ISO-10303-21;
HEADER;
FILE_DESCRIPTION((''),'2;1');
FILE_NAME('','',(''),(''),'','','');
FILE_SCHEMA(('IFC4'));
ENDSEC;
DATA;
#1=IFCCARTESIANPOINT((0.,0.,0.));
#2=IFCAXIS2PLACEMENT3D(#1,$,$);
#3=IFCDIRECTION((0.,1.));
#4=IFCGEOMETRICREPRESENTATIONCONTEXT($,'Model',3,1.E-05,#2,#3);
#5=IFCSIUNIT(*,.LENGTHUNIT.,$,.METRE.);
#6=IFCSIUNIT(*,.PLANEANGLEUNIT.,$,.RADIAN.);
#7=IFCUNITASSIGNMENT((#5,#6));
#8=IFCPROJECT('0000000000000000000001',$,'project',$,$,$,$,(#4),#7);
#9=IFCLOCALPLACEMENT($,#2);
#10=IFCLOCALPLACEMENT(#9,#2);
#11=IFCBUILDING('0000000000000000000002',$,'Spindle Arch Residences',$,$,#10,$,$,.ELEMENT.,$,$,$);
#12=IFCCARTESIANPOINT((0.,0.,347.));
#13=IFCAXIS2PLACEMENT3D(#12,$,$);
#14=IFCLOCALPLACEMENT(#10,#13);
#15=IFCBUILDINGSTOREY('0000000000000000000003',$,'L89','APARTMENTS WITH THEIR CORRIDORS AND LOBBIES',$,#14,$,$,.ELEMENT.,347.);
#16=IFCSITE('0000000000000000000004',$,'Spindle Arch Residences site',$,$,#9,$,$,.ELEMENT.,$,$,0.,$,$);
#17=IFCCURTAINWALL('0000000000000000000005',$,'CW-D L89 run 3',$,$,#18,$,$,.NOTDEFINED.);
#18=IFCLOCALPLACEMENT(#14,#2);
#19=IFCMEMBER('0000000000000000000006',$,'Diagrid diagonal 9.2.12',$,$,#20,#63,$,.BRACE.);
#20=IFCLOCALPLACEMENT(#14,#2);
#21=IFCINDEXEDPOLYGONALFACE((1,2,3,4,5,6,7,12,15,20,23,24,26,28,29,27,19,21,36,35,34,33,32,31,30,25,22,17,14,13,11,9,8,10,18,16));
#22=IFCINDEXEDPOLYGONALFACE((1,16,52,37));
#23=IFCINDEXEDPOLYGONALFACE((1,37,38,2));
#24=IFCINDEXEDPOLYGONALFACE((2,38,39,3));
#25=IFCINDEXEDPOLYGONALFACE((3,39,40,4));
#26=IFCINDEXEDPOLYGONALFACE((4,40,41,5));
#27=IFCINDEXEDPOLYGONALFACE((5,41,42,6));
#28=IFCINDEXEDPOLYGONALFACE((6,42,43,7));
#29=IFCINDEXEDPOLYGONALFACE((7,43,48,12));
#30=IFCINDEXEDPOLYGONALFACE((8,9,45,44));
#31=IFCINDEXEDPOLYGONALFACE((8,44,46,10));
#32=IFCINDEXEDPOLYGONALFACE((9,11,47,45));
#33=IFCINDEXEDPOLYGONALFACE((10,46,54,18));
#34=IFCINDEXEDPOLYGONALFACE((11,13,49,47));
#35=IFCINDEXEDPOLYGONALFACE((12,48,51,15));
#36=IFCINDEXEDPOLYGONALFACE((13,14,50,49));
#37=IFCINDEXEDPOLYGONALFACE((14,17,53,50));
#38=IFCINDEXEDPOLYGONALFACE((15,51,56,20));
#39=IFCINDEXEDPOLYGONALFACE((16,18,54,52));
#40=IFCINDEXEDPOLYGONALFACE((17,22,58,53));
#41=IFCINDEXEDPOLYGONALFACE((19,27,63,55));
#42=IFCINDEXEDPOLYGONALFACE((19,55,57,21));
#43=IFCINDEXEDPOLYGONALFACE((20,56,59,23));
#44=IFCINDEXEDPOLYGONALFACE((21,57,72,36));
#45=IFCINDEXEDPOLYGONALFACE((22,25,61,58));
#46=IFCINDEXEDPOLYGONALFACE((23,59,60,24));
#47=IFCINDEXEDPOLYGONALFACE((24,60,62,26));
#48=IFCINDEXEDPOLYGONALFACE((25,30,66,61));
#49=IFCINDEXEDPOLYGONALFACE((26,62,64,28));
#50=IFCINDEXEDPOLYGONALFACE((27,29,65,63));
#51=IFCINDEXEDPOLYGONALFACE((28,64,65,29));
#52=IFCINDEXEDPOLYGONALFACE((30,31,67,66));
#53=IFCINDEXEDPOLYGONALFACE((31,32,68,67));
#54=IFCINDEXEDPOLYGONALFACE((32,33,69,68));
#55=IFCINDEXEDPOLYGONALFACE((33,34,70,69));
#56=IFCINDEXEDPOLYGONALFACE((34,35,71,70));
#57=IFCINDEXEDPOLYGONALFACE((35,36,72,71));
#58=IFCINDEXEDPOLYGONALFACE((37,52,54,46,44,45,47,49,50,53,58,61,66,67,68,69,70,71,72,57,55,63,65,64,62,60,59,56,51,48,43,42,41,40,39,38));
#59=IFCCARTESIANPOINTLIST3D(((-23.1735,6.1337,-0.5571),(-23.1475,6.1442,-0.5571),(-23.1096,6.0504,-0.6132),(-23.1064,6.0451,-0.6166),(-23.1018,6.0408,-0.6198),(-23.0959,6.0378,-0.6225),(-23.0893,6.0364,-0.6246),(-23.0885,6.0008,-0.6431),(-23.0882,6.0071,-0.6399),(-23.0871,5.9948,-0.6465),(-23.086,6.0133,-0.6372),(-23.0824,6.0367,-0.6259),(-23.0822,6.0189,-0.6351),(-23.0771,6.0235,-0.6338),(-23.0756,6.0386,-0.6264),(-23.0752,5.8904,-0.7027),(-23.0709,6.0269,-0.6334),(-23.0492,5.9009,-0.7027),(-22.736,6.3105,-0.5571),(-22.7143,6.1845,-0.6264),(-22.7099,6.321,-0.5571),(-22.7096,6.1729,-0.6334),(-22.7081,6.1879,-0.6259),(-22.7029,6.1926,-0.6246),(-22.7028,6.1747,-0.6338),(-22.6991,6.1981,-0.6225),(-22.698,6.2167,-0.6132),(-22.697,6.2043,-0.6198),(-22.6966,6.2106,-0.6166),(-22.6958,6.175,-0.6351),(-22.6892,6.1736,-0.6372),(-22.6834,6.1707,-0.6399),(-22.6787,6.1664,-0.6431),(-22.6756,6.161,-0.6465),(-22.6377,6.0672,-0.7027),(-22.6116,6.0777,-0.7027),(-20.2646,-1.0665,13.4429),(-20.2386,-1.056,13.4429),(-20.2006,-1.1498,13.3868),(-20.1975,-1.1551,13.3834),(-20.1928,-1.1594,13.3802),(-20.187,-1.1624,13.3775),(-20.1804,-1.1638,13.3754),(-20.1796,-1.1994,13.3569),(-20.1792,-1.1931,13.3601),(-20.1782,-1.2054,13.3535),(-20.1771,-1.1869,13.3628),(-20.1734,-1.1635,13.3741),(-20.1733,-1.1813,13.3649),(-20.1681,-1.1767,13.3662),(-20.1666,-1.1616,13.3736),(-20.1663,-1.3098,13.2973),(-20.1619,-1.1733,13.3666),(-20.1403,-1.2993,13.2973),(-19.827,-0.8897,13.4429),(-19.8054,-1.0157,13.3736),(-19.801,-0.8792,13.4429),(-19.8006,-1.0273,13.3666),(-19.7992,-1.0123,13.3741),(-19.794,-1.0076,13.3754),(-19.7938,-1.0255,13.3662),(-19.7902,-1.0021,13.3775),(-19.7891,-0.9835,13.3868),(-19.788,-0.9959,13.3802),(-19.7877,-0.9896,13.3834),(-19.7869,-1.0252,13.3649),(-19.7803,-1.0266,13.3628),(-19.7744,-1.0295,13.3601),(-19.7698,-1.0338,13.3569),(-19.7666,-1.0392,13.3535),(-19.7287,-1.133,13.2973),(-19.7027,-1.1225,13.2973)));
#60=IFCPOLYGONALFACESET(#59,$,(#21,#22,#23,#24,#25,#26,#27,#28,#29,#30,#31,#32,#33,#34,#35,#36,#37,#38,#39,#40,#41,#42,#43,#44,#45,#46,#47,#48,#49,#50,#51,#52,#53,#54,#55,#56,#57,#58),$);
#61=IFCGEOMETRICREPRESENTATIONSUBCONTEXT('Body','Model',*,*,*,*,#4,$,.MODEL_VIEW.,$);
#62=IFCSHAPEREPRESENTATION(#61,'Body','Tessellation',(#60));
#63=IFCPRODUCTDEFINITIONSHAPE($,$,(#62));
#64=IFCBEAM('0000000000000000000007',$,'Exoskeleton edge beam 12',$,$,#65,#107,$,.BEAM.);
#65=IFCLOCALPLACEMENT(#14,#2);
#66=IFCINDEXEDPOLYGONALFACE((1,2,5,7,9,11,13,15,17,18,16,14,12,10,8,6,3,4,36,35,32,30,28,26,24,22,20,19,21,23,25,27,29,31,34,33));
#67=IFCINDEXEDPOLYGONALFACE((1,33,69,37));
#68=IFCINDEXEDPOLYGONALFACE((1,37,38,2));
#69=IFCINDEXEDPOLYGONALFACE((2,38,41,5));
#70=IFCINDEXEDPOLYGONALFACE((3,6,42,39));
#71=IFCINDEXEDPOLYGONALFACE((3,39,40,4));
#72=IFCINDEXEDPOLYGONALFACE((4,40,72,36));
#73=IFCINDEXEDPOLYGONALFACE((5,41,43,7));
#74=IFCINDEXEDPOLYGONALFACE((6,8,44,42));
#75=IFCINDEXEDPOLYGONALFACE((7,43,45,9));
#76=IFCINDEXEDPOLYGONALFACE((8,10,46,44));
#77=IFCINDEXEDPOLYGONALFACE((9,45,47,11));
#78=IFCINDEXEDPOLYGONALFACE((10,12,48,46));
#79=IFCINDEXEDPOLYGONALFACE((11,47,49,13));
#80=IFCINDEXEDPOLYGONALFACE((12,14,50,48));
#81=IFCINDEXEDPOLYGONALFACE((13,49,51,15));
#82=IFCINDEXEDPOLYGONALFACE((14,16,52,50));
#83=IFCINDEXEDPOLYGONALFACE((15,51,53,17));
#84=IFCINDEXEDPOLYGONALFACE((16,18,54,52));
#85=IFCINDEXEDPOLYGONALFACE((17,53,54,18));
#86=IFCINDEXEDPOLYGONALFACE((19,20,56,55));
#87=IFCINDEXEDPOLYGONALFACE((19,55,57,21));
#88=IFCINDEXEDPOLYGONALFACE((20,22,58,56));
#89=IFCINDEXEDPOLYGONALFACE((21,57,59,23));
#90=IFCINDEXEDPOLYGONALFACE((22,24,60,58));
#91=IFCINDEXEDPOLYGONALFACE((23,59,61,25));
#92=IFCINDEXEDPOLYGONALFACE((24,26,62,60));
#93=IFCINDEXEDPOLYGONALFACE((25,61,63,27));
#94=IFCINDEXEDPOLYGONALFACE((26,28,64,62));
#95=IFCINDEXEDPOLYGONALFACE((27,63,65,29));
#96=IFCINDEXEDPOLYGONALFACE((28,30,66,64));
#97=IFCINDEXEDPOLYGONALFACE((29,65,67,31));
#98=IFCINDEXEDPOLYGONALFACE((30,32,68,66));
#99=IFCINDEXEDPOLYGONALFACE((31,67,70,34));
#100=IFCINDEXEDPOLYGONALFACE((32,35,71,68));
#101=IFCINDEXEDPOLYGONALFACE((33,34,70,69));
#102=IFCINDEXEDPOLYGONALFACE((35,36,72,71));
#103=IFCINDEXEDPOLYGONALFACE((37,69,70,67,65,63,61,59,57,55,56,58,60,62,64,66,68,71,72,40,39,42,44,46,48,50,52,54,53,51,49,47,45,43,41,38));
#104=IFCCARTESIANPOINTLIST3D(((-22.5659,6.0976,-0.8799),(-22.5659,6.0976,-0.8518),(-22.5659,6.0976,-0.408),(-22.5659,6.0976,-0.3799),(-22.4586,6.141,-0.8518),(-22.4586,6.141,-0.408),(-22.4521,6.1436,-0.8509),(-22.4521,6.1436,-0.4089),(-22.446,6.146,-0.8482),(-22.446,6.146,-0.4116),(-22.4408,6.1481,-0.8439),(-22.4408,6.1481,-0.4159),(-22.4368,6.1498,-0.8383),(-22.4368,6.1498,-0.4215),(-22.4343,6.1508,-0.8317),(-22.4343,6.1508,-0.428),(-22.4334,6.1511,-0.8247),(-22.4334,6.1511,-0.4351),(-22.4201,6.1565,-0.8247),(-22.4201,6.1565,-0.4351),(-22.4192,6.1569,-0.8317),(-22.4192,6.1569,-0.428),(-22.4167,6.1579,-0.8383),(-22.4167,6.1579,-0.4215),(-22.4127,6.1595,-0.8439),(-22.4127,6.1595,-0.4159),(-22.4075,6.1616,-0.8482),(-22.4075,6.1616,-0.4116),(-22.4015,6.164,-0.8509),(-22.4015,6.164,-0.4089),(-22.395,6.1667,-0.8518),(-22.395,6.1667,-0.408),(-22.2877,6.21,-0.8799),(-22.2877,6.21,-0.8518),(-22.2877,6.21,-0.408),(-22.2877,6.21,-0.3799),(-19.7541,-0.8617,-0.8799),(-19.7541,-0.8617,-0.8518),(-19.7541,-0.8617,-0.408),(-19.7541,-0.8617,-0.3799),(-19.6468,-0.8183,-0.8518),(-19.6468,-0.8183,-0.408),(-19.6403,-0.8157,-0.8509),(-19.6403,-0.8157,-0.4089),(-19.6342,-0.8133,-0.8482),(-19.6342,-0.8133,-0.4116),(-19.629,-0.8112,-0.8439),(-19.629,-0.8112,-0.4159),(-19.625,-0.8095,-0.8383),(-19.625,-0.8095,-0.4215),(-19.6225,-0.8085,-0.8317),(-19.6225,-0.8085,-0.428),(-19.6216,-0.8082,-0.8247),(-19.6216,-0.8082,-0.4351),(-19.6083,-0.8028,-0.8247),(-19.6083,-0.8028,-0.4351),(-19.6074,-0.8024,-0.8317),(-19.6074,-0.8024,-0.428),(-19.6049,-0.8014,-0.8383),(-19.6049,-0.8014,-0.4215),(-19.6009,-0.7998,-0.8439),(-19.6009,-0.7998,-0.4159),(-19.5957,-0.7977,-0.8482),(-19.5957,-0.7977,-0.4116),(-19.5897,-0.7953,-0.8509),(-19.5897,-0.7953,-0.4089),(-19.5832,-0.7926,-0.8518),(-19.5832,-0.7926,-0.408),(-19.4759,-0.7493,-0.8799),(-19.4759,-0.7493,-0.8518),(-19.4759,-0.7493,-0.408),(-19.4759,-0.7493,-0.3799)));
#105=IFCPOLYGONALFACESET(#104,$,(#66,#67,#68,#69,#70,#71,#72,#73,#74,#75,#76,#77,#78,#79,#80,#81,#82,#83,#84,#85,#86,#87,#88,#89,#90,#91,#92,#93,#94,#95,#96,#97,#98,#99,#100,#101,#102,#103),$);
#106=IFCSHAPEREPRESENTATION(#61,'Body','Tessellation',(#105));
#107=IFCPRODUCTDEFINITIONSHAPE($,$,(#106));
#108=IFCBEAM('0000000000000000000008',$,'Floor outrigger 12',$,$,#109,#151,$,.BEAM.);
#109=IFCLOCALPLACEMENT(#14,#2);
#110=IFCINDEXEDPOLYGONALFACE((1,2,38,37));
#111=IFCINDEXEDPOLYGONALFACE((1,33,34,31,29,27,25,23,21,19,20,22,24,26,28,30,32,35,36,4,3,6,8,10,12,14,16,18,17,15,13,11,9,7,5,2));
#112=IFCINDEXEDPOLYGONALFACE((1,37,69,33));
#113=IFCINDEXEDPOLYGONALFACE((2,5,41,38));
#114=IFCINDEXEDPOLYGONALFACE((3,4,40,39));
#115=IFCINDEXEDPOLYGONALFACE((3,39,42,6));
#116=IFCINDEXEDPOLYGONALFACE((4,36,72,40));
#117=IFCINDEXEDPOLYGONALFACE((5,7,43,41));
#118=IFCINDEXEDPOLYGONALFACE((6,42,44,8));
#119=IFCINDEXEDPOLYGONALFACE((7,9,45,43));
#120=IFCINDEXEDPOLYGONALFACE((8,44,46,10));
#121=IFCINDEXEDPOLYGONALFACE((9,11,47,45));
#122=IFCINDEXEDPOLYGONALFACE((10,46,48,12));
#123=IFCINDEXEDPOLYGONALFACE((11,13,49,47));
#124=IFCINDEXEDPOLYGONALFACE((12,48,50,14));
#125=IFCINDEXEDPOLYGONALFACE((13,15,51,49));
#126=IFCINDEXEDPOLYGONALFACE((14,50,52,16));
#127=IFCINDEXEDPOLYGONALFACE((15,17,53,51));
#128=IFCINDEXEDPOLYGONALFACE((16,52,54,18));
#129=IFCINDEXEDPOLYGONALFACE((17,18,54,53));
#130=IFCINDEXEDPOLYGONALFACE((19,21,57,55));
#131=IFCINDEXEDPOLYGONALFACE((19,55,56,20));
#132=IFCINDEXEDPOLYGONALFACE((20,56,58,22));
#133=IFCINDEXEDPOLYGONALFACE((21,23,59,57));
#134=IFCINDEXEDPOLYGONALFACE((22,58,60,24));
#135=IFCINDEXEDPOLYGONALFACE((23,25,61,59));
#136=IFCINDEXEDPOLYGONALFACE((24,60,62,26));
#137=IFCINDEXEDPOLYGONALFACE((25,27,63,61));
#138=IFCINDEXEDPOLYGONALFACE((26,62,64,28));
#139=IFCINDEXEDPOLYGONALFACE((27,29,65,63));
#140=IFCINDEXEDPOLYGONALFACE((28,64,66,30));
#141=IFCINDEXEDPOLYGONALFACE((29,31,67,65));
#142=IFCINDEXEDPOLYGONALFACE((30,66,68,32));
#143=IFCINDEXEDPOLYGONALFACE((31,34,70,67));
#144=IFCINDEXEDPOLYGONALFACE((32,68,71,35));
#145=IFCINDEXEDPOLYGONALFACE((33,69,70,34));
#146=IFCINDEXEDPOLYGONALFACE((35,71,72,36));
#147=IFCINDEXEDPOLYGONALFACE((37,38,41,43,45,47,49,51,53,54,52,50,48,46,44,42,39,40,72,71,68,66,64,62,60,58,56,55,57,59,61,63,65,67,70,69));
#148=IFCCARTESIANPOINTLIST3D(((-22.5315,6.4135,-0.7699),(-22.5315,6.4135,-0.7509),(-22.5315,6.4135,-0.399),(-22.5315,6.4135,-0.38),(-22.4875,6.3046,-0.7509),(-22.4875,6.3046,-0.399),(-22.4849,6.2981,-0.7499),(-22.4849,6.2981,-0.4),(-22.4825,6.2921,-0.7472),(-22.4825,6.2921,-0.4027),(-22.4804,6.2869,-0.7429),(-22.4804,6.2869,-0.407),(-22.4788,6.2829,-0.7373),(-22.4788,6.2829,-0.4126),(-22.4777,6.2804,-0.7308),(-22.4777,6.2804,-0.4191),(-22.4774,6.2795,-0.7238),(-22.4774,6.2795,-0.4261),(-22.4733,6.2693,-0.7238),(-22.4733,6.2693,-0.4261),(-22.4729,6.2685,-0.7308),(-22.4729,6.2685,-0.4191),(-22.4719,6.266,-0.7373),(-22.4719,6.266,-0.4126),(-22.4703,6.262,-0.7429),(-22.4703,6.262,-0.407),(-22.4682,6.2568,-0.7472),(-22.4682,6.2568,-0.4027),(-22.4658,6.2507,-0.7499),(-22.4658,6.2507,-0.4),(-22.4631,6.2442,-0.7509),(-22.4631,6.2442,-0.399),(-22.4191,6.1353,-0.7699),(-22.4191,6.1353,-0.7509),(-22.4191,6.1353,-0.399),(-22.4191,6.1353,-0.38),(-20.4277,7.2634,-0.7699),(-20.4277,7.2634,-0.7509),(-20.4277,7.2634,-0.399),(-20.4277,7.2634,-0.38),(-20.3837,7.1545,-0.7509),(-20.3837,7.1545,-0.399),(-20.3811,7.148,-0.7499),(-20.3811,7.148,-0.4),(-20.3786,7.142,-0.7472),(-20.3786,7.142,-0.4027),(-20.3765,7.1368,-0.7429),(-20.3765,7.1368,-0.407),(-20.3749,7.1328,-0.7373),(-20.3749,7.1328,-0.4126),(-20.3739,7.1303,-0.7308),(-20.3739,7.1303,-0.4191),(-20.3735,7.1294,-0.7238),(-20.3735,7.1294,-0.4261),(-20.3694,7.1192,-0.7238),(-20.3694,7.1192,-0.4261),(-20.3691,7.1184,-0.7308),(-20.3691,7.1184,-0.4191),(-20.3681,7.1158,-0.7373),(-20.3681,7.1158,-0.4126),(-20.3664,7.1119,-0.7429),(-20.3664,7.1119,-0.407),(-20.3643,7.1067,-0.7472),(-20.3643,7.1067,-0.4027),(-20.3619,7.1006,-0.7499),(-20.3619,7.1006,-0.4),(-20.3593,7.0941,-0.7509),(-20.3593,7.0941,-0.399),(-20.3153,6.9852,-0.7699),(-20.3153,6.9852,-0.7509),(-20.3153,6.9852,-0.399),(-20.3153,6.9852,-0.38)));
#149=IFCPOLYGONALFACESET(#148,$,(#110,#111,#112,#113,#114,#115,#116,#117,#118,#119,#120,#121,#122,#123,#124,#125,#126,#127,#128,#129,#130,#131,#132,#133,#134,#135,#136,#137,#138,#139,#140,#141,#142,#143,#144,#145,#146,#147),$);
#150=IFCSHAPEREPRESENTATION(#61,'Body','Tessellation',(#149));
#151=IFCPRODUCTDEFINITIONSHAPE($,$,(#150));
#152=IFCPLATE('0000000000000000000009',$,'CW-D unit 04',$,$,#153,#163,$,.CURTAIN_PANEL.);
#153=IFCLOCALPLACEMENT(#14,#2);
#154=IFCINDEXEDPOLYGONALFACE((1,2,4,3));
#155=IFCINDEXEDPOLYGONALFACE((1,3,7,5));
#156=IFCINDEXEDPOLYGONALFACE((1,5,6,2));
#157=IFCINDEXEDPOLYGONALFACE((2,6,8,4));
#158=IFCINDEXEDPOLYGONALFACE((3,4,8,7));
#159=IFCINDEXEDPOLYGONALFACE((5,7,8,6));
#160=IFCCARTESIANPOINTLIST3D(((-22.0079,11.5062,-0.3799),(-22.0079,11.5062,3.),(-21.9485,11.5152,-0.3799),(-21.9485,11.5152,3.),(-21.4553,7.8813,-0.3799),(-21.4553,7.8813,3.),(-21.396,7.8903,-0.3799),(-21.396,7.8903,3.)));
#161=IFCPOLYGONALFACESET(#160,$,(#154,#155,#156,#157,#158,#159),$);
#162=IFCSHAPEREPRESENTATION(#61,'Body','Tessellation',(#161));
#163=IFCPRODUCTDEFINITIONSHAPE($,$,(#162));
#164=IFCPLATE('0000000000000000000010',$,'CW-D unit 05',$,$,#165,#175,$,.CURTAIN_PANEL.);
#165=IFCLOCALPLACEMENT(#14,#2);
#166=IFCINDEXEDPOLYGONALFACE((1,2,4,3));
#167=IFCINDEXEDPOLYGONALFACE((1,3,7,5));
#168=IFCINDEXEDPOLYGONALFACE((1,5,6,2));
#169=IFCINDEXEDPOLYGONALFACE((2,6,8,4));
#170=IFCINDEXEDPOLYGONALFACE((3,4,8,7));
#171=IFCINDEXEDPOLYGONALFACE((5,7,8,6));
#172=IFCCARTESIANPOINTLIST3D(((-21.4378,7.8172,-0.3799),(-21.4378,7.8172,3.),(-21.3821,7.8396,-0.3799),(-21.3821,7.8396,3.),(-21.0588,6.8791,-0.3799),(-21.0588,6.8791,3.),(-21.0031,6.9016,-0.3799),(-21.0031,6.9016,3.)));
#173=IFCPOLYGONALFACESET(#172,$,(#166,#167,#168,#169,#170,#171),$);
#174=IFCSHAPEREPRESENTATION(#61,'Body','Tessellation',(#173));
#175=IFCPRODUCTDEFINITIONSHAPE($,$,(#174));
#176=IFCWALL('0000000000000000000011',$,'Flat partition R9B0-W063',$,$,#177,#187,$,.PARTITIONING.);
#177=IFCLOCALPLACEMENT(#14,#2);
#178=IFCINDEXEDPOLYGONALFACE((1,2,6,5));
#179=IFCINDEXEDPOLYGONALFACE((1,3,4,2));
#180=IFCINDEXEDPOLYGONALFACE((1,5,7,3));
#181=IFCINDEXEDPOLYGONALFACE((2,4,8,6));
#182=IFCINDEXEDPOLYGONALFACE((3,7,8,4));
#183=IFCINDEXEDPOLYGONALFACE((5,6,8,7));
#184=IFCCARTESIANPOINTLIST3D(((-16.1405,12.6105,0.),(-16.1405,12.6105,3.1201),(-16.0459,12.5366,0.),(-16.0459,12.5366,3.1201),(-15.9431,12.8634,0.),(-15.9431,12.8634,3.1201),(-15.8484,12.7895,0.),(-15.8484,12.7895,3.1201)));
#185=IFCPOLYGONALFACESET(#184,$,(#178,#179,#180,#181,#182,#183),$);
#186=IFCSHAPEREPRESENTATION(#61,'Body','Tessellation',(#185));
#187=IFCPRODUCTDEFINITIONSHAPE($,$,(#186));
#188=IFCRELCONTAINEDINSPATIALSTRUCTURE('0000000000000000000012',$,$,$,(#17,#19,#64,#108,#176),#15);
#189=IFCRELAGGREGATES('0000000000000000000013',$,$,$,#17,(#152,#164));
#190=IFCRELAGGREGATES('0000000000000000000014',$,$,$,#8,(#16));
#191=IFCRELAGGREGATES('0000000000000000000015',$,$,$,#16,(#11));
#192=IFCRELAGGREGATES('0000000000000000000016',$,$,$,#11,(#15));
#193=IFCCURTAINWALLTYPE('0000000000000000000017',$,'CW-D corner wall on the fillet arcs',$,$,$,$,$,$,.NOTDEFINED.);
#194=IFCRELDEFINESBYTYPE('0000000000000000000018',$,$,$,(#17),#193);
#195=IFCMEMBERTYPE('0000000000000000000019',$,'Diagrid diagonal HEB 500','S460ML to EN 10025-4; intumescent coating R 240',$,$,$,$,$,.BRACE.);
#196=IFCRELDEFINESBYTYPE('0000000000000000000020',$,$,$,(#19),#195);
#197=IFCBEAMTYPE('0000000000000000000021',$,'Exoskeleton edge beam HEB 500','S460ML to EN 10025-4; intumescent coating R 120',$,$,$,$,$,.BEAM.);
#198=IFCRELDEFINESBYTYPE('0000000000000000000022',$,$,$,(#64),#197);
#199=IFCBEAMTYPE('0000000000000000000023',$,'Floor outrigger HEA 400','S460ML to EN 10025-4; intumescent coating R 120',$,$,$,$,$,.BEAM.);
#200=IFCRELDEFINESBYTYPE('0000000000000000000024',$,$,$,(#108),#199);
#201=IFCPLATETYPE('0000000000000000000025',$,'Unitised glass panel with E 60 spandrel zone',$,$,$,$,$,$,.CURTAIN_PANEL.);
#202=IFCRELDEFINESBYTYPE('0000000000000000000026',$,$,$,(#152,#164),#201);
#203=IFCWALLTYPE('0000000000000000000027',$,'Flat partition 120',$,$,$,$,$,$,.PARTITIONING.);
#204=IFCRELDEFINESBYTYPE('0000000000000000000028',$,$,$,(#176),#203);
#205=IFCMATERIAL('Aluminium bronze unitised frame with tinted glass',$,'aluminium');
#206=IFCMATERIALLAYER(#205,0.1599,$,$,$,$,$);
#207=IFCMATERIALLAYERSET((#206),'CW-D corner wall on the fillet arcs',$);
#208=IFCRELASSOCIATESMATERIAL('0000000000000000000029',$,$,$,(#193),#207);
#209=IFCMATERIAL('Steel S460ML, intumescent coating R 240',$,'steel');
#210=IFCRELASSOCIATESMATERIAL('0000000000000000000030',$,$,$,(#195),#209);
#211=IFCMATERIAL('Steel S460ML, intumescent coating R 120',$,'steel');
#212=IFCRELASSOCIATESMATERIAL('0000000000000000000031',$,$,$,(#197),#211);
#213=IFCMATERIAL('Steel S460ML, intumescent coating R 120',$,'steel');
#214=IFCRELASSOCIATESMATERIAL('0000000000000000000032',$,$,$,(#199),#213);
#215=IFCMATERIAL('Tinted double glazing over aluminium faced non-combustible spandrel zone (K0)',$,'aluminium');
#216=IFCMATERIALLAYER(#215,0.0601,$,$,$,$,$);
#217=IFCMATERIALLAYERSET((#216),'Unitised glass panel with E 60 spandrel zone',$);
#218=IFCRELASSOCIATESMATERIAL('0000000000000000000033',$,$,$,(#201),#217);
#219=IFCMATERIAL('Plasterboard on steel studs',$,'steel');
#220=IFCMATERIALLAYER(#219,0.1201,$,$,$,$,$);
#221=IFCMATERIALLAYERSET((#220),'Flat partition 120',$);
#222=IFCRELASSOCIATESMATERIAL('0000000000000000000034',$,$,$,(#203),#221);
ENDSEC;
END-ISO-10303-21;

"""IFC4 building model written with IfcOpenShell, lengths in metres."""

from ifc_helpers import new_model, si_unit, direction, frame, frame_2d, origin, origin_2d, place, context, subcontext, project, spatial, rectangle, i_section, extrude, material, layer, layer_set, material_profile, profile_set, type_object, element, aggregate, save


model = new_model("IFC4")

# Units and contexts
model_context = context("Model", 3, precision=1e-05, world=origin(), true_north=direction((0.0, 1.0)))
body_context = subcontext(model_context, "Body", "Model", "MODEL_VIEW")
ifc_project = project(units=[si_unit("LENGTHUNIT", "METRE"), si_unit("PLANEANGLEUNIT", "RADIAN")], contexts=[model_context])

# Site, building, storey
site_placement = place(None, origin())
site = spatial("IfcSite", under=ifc_project, at=site_placement, Name="Spindle Arch Residences site", CompositionType="ELEMENT", RefElevation=0.0)
building_placement = place(site_placement, origin())
building = spatial("IfcBuilding", under=site, at=building_placement, Name="Spindle Arch Residences", CompositionType="ELEMENT")
storey_placement = place(building_placement, frame((0.0, 0.0, 347.0)))
storey = spatial("IfcBuildingStorey", under=building, at=storey_placement, Name="L89", Description="APARTMENTS WITH THEIR CORRIDORS AND LOBBIES", CompositionType="ELEMENT", Elevation=347.0)

# Curtain wall
ifc_material_1 = material(Name="Aluminium bronze unitised frame with tinted glass", Category="aluminium")
ifc_layer_1 = layer(ifc_material_1, 0.1599)
ifc_layer_set_1 = layer_set([ifc_layer_1], Name="CW-D corner wall on the fillet arcs")
curtain_wall_type_1 = type_object("IfcCurtainWallType", Name="CW-D corner wall on the fillet arcs", PredefinedType="NOTDEFINED", material=ifc_layer_set_1)
curtain_wall_1_placement = place(storey_placement, origin())
curtain_wall_1 = element("IfcCurtainWall", 1, at=curtain_wall_1_placement, inside=storey, type_object=curtain_wall_type_1, Name="CW-D L89 run 3", PredefinedType="NOTDEFINED")

# Member
ifc_material_2 = material(Name="Steel S460ML, intumescent coating R 240", Category="steel")
ifc_material_profile_1 = material_profile(ifc_material_2, i_section(OverallWidth=0.3, OverallDepth=0.5, WebThickness=0.0144, FlangeThickness=0.0281, FilletRadius=0.0271, at=origin_2d()), Name="HEB 500")
ifc_profile_set_1 = profile_set([ifc_material_profile_1], Name="Steel S460ML, intumescent coating R 240")
member_type_1 = type_object("IfcMemberType", Name="Diagrid diagonal HEB 500", Description="S460ML to EN 10025-4; intumescent coating R 240", PredefinedType="BRACE", material=ifc_profile_set_1)
member_1_placement = place(storey_placement, frame((-22.8926, 6.1057, -0.6299), z_axis=(0.1817, -0.449745, 0.87448), x_axis=(-0.327573, 0.810809, 0.485062)))
element("IfcMember", 2, at=member_1_placement, inside=storey, type_object=member_type_1, Name="Diagrid diagonal 9.2.12", PredefinedType="BRACE", context=body_context, shape_type="SweptSolid", body=[
    extrude(i_section(OverallWidth=0.3, OverallDepth=0.5, WebThickness=0.0144, FlangeThickness=0.0281, FilletRadius=0.0271, at=origin_2d()), origin(), (0.0, 0.0, 1.0), 16.0095),
])

# Beams
ifc_material_3 = material(Name="Steel S460ML, intumescent coating R 120", Category="steel")
ifc_material_profile_2 = material_profile(ifc_material_3, i_section(OverallWidth=0.3, OverallDepth=0.5, WebThickness=0.0144, FlangeThickness=0.0281, FilletRadius=0.0271, at=origin_2d()), Name="HEB 500")
ifc_profile_set_2 = profile_set([ifc_material_profile_2], Name="Steel S460ML, intumescent coating R 120")
beam_type_1 = type_object("IfcBeamType", Name="Exoskeleton edge beam HEB 500", Description="S460ML to EN 10025-4; intumescent coating R 120", PredefinedType="BEAM", material=ifc_profile_set_2)
beam_1_placement = place(storey_placement, frame((-22.4268, 6.1538, -0.6299), z_axis=(0.374613, -0.927181, 0.0), x_axis=(0.927181, 0.374613, 0.0)))
element("IfcBeam", 3, at=beam_1_placement, inside=storey, type_object=beam_type_1, Name="Exoskeleton edge beam 12", PredefinedType="BEAM", context=body_context, shape_type="SweptSolid", body=[
    extrude(i_section(OverallWidth=0.3, OverallDepth=0.5, WebThickness=0.0144, FlangeThickness=0.0281, FilletRadius=0.0271, at=origin_2d()), origin(), (0.0, 0.0, 1.0), 7.5059),
])
ifc_material_4 = material(Name="Steel S460ML, intumescent coating R 120", Category="steel")
ifc_material_profile_3 = material_profile(ifc_material_4, i_section(OverallWidth=0.3, OverallDepth=0.3899, WebThickness=0.011, FlangeThickness=0.019, FilletRadius=0.0271, at=origin_2d()), Name="HEA 400")
ifc_profile_set_3 = profile_set([ifc_material_profile_3], Name="Steel S460ML, intumescent coating R 120")
beam_type_2 = type_object("IfcBeamType", Name="Floor outrigger HEA 400", Description="S460ML to EN 10025-4; intumescent coating R 120", PredefinedType="BEAM", material=ifc_profile_set_3)
beam_2_placement = place(storey_placement, frame((-22.4753, 6.2744, -0.575), z_axis=(0.927202, 0.374561, 0.0), x_axis=(-0.374561, 0.927202, 0.0)))
element("IfcBeam", 4, at=beam_2_placement, inside=storey, type_object=beam_type_2, Name="Floor outrigger 12", PredefinedType="BEAM", context=body_context, shape_type="SweptSolid", body=[
    extrude(i_section(OverallWidth=0.3, OverallDepth=0.3899, WebThickness=0.011, FlangeThickness=0.019, FilletRadius=0.0271, at=origin_2d()), origin(), (0.0, 0.0, 1.0), 2.269),
])

# Plates
ifc_material_5 = material(Name="Tinted double glazing over aluminium faced non-combustible spandrel zone (K0)", Category="aluminium")
ifc_layer_2 = layer(ifc_material_5, 0.0601)
ifc_layer_set_2 = layer_set([ifc_layer_2], Name="Unitised glass panel with E 60 spandrel zone")
plate_type = type_object("IfcPlateType", Name="Unitised glass panel with E 60 spandrel zone", PredefinedType="CURTAIN_PANEL", material=ifc_layer_set_2)
plate_1_placement = place(storey_placement, frame((-21.7019, 9.6982, -0.3799), z_axis=(0.0, 0.0, 1.0), x_axis=(0.150686, -0.988582, 0.0)))
plate_1 = element("IfcPlate", 5, at=plate_1_placement, type_object=plate_type, Name="CW-D unit 04", PredefinedType="CURTAIN_PANEL", context=body_context, shape_type="SweptSolid", body=[
    extrude(rectangle(XDim=3.6667, YDim=0.0601, at=origin_2d()), origin(), (0.0, 0.0, 1.0), 3.3799),
])
plate_2_placement = place(storey_placement, frame((-21.2205, 7.3594, -0.3799), z_axis=(0.0, 0.0, 1.0), x_axis=(0.374607, -0.927184, 0.0)))
plate_2 = element("IfcPlate", 6, at=plate_2_placement, type_object=plate_type, Name="CW-D unit 05", PredefinedType="CURTAIN_PANEL", context=body_context, shape_type="SweptSolid", body=[
    extrude(rectangle(XDim=1.0117, YDim=0.0601, at=origin_2d()), origin(), (0.0, 0.0, 1.0), 3.3799),
])
aggregate(curtain_wall_1, [plate_1, plate_2])

# Wall
ifc_material_6 = material(Name="Plasterboard on steel studs", Category="steel")
ifc_layer_3 = layer(ifc_material_6, 0.1201)
ifc_layer_set_3 = layer_set([ifc_layer_3], Name="Flat partition 120")
wall_type = type_object("IfcWallType", Name="Flat partition 120", PredefinedType="PARTITIONING", material=ifc_layer_set_3)
wall_1_placement = place(storey_placement, frame((-15.8958, 12.8264, 0.0), z_axis=(0.0, 0.0, 1.0), x_axis=(-0.615467, -0.788163, 0.0)))
element("IfcWall", 7, at=wall_1_placement, inside=storey, type_object=wall_type, Name="Flat partition R9B0-W063", PredefinedType="PARTITIONING", context=body_context, shape_type="SweptSolid", body=[
    extrude(rectangle(XDim=0.3208, YDim=0.1201, at=frame_2d((0.1604, 0.0))), origin(), (0.0, 0.0, 1.0), 3.1201),
])

save(model, "model.ifc")
